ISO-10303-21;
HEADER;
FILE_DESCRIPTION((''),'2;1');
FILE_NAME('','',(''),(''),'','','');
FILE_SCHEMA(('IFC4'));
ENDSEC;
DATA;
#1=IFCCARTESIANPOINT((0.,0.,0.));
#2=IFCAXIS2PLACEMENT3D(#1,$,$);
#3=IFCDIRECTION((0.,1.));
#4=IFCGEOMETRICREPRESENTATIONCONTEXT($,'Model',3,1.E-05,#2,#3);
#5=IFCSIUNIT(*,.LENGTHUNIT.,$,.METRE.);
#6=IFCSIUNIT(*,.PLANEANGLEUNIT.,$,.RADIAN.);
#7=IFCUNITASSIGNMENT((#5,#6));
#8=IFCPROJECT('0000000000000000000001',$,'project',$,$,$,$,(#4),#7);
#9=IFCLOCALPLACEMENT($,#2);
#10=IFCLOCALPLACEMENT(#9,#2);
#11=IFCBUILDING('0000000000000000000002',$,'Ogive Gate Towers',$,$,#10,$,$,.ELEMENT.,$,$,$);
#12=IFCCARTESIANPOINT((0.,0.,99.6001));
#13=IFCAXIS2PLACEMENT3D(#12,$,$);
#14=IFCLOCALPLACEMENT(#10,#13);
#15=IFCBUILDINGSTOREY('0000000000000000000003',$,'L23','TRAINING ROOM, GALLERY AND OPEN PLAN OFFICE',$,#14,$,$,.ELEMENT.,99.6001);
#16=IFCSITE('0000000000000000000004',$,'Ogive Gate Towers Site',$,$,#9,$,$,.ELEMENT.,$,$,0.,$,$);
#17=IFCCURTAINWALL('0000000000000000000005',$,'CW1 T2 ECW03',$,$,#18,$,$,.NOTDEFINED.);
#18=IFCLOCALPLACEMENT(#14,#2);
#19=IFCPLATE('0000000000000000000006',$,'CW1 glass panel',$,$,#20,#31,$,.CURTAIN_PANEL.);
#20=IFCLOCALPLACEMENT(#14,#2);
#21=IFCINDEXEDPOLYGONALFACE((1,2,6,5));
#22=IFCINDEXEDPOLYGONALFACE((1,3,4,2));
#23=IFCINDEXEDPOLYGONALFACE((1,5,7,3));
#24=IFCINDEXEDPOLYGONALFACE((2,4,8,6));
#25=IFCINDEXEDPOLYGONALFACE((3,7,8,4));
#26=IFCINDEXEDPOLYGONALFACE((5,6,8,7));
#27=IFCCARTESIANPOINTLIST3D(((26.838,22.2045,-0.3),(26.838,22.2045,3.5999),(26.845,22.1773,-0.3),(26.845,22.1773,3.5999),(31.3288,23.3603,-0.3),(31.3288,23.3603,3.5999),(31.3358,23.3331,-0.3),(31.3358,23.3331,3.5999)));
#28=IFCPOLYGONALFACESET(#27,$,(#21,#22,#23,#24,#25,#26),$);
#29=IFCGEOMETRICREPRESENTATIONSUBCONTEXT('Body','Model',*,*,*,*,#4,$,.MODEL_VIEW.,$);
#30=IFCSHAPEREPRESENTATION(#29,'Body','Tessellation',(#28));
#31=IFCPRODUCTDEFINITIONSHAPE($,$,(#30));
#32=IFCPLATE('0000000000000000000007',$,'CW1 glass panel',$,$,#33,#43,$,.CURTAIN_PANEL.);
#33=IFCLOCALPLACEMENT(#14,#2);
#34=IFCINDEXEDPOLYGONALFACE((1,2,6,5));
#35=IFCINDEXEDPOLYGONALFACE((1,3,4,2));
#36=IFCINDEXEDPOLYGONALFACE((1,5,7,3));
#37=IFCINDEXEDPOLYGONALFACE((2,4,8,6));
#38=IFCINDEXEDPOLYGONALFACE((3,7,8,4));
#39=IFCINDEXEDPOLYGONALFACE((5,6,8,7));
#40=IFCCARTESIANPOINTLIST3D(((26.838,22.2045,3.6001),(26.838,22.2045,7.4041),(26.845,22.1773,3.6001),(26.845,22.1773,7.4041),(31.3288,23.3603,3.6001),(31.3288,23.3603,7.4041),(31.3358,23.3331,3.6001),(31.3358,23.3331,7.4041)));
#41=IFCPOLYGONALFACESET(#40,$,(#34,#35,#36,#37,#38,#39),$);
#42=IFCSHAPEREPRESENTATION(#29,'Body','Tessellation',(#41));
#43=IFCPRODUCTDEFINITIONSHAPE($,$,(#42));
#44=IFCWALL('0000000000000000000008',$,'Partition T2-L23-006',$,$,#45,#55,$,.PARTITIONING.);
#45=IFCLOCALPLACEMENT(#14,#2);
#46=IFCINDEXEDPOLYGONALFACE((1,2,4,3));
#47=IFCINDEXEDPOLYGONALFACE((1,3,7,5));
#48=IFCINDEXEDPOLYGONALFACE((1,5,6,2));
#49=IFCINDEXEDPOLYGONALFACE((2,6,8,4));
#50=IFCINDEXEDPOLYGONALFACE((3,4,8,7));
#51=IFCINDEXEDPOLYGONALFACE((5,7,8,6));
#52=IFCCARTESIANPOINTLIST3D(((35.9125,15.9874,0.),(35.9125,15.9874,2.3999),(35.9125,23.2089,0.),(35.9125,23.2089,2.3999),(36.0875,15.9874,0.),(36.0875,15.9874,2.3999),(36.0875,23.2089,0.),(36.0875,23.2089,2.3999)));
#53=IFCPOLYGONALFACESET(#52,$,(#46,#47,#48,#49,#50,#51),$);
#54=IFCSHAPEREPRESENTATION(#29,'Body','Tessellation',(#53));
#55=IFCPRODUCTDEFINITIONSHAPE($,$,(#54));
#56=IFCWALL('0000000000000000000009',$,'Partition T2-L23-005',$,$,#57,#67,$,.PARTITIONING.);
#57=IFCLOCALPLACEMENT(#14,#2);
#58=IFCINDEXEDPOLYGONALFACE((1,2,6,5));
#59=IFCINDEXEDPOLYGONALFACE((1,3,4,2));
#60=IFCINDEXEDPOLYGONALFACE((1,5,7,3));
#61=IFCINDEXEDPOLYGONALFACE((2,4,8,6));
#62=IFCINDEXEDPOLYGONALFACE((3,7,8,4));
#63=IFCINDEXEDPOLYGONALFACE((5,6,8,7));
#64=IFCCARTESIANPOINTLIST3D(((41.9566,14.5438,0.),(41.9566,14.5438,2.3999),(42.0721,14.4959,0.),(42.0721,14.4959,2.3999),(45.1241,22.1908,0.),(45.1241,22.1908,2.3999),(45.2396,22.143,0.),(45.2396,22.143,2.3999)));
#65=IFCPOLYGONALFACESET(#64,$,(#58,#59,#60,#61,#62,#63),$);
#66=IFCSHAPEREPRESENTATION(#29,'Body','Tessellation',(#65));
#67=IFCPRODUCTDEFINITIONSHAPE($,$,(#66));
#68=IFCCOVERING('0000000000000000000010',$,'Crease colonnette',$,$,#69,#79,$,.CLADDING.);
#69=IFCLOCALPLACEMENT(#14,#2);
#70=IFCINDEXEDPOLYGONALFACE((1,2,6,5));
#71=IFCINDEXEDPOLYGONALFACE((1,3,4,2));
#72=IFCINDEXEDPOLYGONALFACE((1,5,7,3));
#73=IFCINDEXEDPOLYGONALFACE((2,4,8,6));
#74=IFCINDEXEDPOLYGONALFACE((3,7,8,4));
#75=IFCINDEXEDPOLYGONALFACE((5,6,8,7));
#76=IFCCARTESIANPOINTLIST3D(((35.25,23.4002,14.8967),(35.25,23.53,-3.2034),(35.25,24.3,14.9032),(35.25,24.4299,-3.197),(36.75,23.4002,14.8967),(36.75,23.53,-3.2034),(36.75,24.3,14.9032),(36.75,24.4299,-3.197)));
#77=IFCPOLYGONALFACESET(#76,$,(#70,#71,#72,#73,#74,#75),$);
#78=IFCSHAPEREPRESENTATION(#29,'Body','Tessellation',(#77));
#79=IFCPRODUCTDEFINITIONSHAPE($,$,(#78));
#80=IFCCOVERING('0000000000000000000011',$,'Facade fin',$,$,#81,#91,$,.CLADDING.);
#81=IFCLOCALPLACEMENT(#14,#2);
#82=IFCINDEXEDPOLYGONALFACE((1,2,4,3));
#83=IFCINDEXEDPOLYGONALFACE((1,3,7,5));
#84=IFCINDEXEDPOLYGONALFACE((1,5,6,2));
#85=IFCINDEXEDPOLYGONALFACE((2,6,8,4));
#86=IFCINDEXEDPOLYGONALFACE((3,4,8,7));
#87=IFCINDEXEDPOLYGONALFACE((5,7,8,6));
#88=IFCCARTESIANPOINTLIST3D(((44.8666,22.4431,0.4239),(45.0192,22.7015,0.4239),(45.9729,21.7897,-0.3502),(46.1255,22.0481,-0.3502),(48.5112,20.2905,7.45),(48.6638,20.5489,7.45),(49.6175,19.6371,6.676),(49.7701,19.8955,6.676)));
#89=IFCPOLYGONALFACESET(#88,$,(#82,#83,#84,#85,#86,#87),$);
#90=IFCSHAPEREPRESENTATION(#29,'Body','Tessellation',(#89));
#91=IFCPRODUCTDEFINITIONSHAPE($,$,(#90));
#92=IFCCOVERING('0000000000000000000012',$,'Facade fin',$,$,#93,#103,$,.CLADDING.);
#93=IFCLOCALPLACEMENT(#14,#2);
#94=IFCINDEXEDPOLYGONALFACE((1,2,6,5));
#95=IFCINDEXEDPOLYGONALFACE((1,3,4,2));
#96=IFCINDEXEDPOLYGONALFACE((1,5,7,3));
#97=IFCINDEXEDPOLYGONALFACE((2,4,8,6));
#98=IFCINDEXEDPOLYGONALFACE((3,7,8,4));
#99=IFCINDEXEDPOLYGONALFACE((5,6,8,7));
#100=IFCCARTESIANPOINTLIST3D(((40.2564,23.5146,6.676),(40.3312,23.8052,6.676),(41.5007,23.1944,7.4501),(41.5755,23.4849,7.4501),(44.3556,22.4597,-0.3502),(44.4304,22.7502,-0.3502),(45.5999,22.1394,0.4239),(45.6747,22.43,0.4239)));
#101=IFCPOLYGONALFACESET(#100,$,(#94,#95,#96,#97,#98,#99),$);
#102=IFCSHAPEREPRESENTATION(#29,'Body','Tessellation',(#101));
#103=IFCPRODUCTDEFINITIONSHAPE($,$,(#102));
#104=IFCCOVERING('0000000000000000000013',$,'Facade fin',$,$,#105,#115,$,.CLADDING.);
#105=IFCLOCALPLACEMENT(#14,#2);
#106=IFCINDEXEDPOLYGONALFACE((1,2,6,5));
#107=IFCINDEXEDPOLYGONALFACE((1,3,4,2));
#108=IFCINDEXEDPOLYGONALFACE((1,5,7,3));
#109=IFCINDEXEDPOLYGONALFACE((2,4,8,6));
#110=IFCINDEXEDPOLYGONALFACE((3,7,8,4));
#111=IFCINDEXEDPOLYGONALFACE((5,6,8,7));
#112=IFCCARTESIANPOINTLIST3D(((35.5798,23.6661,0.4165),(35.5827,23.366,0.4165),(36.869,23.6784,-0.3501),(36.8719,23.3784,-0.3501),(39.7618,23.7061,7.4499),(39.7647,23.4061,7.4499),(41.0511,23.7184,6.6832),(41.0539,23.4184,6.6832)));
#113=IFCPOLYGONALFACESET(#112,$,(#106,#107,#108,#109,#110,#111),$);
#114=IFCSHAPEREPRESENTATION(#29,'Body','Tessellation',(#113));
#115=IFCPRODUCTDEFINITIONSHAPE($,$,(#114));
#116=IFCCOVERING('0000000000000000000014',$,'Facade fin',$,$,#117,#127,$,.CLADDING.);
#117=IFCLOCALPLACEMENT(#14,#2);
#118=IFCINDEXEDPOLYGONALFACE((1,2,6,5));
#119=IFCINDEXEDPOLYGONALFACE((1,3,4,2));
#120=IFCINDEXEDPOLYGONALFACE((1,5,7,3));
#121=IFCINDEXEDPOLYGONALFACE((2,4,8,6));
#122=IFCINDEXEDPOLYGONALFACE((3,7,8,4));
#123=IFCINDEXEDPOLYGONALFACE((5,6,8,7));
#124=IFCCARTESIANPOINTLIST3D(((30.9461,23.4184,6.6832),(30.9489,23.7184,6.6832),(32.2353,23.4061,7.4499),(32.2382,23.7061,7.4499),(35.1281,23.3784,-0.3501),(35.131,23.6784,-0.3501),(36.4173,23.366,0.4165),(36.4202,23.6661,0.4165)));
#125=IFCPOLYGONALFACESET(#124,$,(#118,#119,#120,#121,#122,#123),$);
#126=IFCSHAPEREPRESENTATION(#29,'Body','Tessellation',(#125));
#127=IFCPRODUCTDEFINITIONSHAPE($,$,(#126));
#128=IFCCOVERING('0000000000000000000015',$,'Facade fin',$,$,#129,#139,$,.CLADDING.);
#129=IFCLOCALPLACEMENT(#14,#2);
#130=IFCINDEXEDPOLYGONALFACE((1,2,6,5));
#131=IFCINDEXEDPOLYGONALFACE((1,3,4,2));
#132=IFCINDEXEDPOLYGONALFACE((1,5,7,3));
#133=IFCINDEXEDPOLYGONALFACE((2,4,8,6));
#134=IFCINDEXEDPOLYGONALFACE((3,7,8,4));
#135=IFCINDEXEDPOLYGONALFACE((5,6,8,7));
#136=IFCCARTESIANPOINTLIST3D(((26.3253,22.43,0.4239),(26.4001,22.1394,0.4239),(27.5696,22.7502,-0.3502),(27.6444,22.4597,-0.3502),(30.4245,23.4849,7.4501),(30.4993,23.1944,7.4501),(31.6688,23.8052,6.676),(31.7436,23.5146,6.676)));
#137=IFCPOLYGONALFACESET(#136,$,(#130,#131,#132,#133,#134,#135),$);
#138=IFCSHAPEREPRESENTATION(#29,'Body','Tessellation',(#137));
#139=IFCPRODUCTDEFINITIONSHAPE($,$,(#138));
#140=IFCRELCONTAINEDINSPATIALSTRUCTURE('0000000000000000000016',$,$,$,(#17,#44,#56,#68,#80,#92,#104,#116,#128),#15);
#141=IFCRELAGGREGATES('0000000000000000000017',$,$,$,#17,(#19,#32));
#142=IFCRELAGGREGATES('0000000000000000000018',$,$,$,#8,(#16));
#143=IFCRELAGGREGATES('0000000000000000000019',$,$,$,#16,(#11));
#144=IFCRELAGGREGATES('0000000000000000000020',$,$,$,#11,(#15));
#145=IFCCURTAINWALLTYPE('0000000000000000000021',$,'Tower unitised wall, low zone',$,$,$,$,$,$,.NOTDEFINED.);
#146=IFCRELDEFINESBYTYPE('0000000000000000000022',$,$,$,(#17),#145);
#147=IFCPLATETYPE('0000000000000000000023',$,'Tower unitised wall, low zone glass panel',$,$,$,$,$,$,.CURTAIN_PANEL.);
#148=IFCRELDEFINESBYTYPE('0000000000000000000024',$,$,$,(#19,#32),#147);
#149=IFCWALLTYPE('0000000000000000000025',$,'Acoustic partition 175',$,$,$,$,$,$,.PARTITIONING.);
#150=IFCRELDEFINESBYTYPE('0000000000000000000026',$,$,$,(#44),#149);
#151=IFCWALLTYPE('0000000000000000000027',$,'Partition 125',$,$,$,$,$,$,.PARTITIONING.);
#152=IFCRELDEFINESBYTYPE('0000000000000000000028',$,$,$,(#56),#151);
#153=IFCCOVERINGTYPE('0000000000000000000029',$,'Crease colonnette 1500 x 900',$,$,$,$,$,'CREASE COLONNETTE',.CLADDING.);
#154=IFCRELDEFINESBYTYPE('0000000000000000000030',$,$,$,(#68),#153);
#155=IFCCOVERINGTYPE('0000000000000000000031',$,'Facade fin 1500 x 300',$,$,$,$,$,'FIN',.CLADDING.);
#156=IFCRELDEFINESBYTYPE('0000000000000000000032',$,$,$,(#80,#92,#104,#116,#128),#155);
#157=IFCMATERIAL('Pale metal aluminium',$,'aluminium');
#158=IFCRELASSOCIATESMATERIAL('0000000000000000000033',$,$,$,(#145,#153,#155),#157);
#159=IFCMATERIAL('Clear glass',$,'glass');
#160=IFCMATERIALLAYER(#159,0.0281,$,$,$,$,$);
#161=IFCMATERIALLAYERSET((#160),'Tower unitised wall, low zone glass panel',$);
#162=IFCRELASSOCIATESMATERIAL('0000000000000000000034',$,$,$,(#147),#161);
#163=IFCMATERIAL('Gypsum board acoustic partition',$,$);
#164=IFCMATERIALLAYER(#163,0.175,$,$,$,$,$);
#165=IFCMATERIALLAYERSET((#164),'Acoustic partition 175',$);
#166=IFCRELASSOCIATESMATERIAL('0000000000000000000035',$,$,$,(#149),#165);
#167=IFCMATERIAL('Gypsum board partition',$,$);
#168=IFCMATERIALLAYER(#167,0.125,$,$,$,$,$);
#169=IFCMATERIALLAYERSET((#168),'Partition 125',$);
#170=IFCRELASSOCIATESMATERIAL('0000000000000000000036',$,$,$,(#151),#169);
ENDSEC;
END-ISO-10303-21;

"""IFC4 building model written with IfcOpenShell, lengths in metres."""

from ifc_helpers import new_model, si_unit, direction, frame, frame_2d, origin, origin_2d, place, context, subcontext, project, spatial, rectangle, extrude, material, layer, layer_set, material_profile, profile_set, type_object, element, aggregate, save


model = new_model("IFC4")

# Units and contexts
model_context = context("Model", 3, precision=1e-05, world=origin(), true_north=direction((0.0, 1.0)))
body_context = subcontext(model_context, "Body", "Model", "MODEL_VIEW")
ifc_project = project(units=[si_unit("LENGTHUNIT", "METRE"), si_unit("PLANEANGLEUNIT", "RADIAN")], contexts=[model_context])

# Site, building, storey
site_placement = place(None, origin())
site = spatial("IfcSite", under=ifc_project, at=site_placement, Name="Ogive Gate Towers Site", CompositionType="ELEMENT", RefElevation=0.0)
building_placement = place(site_placement, origin())
building = spatial("IfcBuilding", under=site, at=building_placement, Name="Ogive Gate Towers", CompositionType="ELEMENT")
storey_placement = place(building_placement, frame((0.0, 0.0, 99.6001)))
storey = spatial("IfcBuildingStorey", under=building, at=storey_placement, Name="L23", Description="TRAINING ROOM, GALLERY AND OPEN PLAN OFFICE", CompositionType="ELEMENT", Elevation=99.6001)

# Shared definitions
ifc_material_1 = material(Name="Pale metal aluminium", Category="aluminium")
curtain_wall_type = type_object("IfcCurtainWallType", Name="Tower unitised wall, low zone", PredefinedType="NOTDEFINED", material=ifc_material_1)

# Curtain wall
curtain_wall_1_placement = place(storey_placement, origin())
curtain_wall_1 = element("IfcCurtainWall", 1, at=curtain_wall_1_placement, inside=storey, type_object=curtain_wall_type, Name="CW1 T2 ECW03", PredefinedType="NOTDEFINED")

# Plates
ifc_material_2 = material(Name="Clear glass", Category="glass")
ifc_layer_1 = layer(ifc_material_2, 0.0281)
ifc_layer_set_1 = layer_set([ifc_layer_1], Name="Tower unitised wall, low zone glass panel")
plate_type = type_object("IfcPlateType", Name="Tower unitised wall, low zone glass panel", PredefinedType="CURTAIN_PANEL", material=ifc_layer_set_1)
plate_1_placement = place(storey_placement, frame((29.0869, 22.7688, -0.3), z_axis=(0.0, 0.0, 1.0), x_axis=(-0.96844, -0.249248, 0.0)))
plate_1 = element("IfcPlate", 2, at=plate_1_placement, type_object=plate_type, Name="CW1 glass panel", PredefinedType="CURTAIN_PANEL", context=body_context, shape_type="SweptSolid", body=[
    extrude(rectangle(XDim=4.6372, YDim=0.0281, at=origin_2d()), origin(), (0.0, 0.0, 1.0), 3.8999),
])
plate_2_placement = place(storey_placement, frame((29.0869, 22.7688, 3.6001), z_axis=(0.0, 0.0, 1.0), x_axis=(-0.96844, -0.249248, 0.0)))
plate_2 = element("IfcPlate", 3, at=plate_2_placement, type_object=plate_type, Name="CW1 glass panel", PredefinedType="CURTAIN_PANEL", context=body_context, shape_type="SweptSolid", body=[
    extrude(rectangle(XDim=4.6372, YDim=0.0281, at=origin_2d()), origin(), (0.0, 0.0, 1.0), 3.804),
])
aggregate(curtain_wall_1, [plate_1, plate_2])

# Walls
ifc_material_3 = material(Name="Gypsum board acoustic partition")
ifc_layer_2 = layer(ifc_material_3, 0.175)
ifc_layer_set_2 = layer_set([ifc_layer_2], Name="Acoustic partition 175")
wall_type_1 = type_object("IfcWallType", Name="Acoustic partition 175", PredefinedType="PARTITIONING", material=ifc_layer_set_2)
wall_1_placement = place(storey_placement, frame((36.0, 23.209, 0.0), z_axis=(0.0, 0.0, 1.0), x_axis=(0.0, -1.0, 0.0)))
element("IfcWall", 4, at=wall_1_placement, inside=storey, type_object=wall_type_1, Name="Partition T2-L23-006", PredefinedType="PARTITIONING", context=body_context, shape_type="SweptSolid", body=[
    extrude(rectangle(XDim=7.2214, YDim=0.175, at=frame_2d((3.6108, 0.0))), origin(), (0.0, 0.0, 1.0), 2.3999),
])
ifc_material_4 = material(Name="Gypsum board partition")
ifc_layer_3 = layer(ifc_material_4, 0.125)
ifc_layer_set_3 = layer_set([ifc_layer_3], Name="Partition 125")
wall_type_2 = type_object("IfcWallType", Name="Partition 125", PredefinedType="PARTITIONING", material=ifc_layer_set_3)
wall_2_placement = place(storey_placement, frame((45.1819, 22.167, 0.0), z_axis=(0.0, 0.0, 1.0), x_axis=(-0.382684, -0.92388, 0.0)))
element("IfcWall", 5, at=wall_2_placement, inside=storey, type_object=wall_type_2, Name="Partition T2-L23-005", PredefinedType="PARTITIONING", context=body_context, shape_type="SweptSolid", body=[
    extrude(rectangle(XDim=8.2771, YDim=0.125, at=frame_2d((4.1387, 0.0))), origin(), (0.0, 0.0, 1.0), 2.3999),
])

# Coverings
ifc_material_profile_1 = material_profile(ifc_material_1, rectangle(XDim=1.5, YDim=0.8999, at=origin_2d()), Name="1500 x 900 pale metal aluminium")
ifc_profile_set_1 = profile_set([ifc_material_profile_1], Name="Pale metal aluminium")
covering_type_1 = type_object("IfcCoveringType", Name="Crease colonnette 1500 x 900", ElementType="CREASE COLONNETTE", PredefinedType="CLADDING", material=ifc_profile_set_1)
covering_1_placement = place(storey_placement, frame((36.0, 23.98, -3.2002), z_axis=(0.0, -0.007176, 0.999974), x_axis=(1.0, 0.0, 0.0)))
element("IfcCovering", 6, at=covering_1_placement, inside=storey, type_object=covering_type_1, Name="Crease colonnette", PredefinedType="CLADDING", context=body_context, shape_type="SweptSolid", body=[
    extrude(rectangle(XDim=1.5, YDim=0.8999, at=origin_2d()), origin(), (0.0, 0.0, 1.0), 18.1006),
])
ifc_material_profile_2 = material_profile(ifc_material_1, rectangle(XDim=0.3, YDim=1.5, at=origin_2d()), Name="1500 x 300 pale metal aluminium")
ifc_profile_set_2 = profile_set([ifc_material_profile_2], Name="Pale metal aluminium")
covering_type_2 = type_object("IfcCoveringType", Name="Facade fin 1500 x 300", ElementType="FIN", PredefinedType="CLADDING", material=ifc_profile_set_2)
for number, where, z_axis, x_axis, name in (
    (7, (45.4961, 22.2456, 0.0369), (0.444314, -0.262428, 0.856573), (0.508554, 0.86103, 0.0), "Facade fin"),
    (8, (45.0151, 22.4448, 0.0369), (-0.499736, 0.12861, 0.856576), (-0.249234, -0.968443, 0.0), "Facade fin"),
):
    element("IfcCovering", number, at=place(storey_placement, frame(where, z_axis=z_axis, x_axis=x_axis)), inside=storey, type_object=covering_type_2, Name=name, PredefinedType="CLADDING", context=body_context, shape_type="SweptSolid", body=[
        extrude(rectangle(XDim=0.3, YDim=1.5, at=origin_2d()), origin(), (0.0, 0.0, 1.0), 8.2026),
    ])
for number, where, z_axis, x_axis, name in (
    (9, (36.2258, 23.5222, 0.0332), (0.511076, 0.004893, 0.859521), (-0.009573, 0.999954, 0.0), "Facade fin"),
    (10, (35.7742, 23.5222, 0.0332), (-0.511076, 0.004893, 0.859521), (-0.009573, -0.999954, 0.0), "Facade fin"),
):
    element("IfcCovering", number, at=place(storey_placement, frame(where, z_axis=z_axis, x_axis=x_axis)), inside=storey, type_object=covering_type_2, Name=name, PredefinedType="CLADDING", context=body_context, shape_type="SweptSolid", body=[
        extrude(rectangle(XDim=0.3, YDim=1.5, at=origin_2d()), origin(), (0.0, 0.0, 1.0), 8.1829),
    ])
covering_2_placement = place(storey_placement, frame((26.9849, 22.4448, 0.0369), z_axis=(0.499736, 0.12861, 0.856576), x_axis=(-0.249234, 0.968443, 0.0)))
element("IfcCovering", 11, at=covering_2_placement, inside=storey, type_object=covering_type_2, Name="Facade fin", PredefinedType="CLADDING", context=body_context, shape_type="SweptSolid", body=[
    extrude(rectangle(XDim=0.3, YDim=1.5, at=origin_2d()), origin(), (0.0, 0.0, 1.0), 8.2026),
])

save(model, "model.ifc")
